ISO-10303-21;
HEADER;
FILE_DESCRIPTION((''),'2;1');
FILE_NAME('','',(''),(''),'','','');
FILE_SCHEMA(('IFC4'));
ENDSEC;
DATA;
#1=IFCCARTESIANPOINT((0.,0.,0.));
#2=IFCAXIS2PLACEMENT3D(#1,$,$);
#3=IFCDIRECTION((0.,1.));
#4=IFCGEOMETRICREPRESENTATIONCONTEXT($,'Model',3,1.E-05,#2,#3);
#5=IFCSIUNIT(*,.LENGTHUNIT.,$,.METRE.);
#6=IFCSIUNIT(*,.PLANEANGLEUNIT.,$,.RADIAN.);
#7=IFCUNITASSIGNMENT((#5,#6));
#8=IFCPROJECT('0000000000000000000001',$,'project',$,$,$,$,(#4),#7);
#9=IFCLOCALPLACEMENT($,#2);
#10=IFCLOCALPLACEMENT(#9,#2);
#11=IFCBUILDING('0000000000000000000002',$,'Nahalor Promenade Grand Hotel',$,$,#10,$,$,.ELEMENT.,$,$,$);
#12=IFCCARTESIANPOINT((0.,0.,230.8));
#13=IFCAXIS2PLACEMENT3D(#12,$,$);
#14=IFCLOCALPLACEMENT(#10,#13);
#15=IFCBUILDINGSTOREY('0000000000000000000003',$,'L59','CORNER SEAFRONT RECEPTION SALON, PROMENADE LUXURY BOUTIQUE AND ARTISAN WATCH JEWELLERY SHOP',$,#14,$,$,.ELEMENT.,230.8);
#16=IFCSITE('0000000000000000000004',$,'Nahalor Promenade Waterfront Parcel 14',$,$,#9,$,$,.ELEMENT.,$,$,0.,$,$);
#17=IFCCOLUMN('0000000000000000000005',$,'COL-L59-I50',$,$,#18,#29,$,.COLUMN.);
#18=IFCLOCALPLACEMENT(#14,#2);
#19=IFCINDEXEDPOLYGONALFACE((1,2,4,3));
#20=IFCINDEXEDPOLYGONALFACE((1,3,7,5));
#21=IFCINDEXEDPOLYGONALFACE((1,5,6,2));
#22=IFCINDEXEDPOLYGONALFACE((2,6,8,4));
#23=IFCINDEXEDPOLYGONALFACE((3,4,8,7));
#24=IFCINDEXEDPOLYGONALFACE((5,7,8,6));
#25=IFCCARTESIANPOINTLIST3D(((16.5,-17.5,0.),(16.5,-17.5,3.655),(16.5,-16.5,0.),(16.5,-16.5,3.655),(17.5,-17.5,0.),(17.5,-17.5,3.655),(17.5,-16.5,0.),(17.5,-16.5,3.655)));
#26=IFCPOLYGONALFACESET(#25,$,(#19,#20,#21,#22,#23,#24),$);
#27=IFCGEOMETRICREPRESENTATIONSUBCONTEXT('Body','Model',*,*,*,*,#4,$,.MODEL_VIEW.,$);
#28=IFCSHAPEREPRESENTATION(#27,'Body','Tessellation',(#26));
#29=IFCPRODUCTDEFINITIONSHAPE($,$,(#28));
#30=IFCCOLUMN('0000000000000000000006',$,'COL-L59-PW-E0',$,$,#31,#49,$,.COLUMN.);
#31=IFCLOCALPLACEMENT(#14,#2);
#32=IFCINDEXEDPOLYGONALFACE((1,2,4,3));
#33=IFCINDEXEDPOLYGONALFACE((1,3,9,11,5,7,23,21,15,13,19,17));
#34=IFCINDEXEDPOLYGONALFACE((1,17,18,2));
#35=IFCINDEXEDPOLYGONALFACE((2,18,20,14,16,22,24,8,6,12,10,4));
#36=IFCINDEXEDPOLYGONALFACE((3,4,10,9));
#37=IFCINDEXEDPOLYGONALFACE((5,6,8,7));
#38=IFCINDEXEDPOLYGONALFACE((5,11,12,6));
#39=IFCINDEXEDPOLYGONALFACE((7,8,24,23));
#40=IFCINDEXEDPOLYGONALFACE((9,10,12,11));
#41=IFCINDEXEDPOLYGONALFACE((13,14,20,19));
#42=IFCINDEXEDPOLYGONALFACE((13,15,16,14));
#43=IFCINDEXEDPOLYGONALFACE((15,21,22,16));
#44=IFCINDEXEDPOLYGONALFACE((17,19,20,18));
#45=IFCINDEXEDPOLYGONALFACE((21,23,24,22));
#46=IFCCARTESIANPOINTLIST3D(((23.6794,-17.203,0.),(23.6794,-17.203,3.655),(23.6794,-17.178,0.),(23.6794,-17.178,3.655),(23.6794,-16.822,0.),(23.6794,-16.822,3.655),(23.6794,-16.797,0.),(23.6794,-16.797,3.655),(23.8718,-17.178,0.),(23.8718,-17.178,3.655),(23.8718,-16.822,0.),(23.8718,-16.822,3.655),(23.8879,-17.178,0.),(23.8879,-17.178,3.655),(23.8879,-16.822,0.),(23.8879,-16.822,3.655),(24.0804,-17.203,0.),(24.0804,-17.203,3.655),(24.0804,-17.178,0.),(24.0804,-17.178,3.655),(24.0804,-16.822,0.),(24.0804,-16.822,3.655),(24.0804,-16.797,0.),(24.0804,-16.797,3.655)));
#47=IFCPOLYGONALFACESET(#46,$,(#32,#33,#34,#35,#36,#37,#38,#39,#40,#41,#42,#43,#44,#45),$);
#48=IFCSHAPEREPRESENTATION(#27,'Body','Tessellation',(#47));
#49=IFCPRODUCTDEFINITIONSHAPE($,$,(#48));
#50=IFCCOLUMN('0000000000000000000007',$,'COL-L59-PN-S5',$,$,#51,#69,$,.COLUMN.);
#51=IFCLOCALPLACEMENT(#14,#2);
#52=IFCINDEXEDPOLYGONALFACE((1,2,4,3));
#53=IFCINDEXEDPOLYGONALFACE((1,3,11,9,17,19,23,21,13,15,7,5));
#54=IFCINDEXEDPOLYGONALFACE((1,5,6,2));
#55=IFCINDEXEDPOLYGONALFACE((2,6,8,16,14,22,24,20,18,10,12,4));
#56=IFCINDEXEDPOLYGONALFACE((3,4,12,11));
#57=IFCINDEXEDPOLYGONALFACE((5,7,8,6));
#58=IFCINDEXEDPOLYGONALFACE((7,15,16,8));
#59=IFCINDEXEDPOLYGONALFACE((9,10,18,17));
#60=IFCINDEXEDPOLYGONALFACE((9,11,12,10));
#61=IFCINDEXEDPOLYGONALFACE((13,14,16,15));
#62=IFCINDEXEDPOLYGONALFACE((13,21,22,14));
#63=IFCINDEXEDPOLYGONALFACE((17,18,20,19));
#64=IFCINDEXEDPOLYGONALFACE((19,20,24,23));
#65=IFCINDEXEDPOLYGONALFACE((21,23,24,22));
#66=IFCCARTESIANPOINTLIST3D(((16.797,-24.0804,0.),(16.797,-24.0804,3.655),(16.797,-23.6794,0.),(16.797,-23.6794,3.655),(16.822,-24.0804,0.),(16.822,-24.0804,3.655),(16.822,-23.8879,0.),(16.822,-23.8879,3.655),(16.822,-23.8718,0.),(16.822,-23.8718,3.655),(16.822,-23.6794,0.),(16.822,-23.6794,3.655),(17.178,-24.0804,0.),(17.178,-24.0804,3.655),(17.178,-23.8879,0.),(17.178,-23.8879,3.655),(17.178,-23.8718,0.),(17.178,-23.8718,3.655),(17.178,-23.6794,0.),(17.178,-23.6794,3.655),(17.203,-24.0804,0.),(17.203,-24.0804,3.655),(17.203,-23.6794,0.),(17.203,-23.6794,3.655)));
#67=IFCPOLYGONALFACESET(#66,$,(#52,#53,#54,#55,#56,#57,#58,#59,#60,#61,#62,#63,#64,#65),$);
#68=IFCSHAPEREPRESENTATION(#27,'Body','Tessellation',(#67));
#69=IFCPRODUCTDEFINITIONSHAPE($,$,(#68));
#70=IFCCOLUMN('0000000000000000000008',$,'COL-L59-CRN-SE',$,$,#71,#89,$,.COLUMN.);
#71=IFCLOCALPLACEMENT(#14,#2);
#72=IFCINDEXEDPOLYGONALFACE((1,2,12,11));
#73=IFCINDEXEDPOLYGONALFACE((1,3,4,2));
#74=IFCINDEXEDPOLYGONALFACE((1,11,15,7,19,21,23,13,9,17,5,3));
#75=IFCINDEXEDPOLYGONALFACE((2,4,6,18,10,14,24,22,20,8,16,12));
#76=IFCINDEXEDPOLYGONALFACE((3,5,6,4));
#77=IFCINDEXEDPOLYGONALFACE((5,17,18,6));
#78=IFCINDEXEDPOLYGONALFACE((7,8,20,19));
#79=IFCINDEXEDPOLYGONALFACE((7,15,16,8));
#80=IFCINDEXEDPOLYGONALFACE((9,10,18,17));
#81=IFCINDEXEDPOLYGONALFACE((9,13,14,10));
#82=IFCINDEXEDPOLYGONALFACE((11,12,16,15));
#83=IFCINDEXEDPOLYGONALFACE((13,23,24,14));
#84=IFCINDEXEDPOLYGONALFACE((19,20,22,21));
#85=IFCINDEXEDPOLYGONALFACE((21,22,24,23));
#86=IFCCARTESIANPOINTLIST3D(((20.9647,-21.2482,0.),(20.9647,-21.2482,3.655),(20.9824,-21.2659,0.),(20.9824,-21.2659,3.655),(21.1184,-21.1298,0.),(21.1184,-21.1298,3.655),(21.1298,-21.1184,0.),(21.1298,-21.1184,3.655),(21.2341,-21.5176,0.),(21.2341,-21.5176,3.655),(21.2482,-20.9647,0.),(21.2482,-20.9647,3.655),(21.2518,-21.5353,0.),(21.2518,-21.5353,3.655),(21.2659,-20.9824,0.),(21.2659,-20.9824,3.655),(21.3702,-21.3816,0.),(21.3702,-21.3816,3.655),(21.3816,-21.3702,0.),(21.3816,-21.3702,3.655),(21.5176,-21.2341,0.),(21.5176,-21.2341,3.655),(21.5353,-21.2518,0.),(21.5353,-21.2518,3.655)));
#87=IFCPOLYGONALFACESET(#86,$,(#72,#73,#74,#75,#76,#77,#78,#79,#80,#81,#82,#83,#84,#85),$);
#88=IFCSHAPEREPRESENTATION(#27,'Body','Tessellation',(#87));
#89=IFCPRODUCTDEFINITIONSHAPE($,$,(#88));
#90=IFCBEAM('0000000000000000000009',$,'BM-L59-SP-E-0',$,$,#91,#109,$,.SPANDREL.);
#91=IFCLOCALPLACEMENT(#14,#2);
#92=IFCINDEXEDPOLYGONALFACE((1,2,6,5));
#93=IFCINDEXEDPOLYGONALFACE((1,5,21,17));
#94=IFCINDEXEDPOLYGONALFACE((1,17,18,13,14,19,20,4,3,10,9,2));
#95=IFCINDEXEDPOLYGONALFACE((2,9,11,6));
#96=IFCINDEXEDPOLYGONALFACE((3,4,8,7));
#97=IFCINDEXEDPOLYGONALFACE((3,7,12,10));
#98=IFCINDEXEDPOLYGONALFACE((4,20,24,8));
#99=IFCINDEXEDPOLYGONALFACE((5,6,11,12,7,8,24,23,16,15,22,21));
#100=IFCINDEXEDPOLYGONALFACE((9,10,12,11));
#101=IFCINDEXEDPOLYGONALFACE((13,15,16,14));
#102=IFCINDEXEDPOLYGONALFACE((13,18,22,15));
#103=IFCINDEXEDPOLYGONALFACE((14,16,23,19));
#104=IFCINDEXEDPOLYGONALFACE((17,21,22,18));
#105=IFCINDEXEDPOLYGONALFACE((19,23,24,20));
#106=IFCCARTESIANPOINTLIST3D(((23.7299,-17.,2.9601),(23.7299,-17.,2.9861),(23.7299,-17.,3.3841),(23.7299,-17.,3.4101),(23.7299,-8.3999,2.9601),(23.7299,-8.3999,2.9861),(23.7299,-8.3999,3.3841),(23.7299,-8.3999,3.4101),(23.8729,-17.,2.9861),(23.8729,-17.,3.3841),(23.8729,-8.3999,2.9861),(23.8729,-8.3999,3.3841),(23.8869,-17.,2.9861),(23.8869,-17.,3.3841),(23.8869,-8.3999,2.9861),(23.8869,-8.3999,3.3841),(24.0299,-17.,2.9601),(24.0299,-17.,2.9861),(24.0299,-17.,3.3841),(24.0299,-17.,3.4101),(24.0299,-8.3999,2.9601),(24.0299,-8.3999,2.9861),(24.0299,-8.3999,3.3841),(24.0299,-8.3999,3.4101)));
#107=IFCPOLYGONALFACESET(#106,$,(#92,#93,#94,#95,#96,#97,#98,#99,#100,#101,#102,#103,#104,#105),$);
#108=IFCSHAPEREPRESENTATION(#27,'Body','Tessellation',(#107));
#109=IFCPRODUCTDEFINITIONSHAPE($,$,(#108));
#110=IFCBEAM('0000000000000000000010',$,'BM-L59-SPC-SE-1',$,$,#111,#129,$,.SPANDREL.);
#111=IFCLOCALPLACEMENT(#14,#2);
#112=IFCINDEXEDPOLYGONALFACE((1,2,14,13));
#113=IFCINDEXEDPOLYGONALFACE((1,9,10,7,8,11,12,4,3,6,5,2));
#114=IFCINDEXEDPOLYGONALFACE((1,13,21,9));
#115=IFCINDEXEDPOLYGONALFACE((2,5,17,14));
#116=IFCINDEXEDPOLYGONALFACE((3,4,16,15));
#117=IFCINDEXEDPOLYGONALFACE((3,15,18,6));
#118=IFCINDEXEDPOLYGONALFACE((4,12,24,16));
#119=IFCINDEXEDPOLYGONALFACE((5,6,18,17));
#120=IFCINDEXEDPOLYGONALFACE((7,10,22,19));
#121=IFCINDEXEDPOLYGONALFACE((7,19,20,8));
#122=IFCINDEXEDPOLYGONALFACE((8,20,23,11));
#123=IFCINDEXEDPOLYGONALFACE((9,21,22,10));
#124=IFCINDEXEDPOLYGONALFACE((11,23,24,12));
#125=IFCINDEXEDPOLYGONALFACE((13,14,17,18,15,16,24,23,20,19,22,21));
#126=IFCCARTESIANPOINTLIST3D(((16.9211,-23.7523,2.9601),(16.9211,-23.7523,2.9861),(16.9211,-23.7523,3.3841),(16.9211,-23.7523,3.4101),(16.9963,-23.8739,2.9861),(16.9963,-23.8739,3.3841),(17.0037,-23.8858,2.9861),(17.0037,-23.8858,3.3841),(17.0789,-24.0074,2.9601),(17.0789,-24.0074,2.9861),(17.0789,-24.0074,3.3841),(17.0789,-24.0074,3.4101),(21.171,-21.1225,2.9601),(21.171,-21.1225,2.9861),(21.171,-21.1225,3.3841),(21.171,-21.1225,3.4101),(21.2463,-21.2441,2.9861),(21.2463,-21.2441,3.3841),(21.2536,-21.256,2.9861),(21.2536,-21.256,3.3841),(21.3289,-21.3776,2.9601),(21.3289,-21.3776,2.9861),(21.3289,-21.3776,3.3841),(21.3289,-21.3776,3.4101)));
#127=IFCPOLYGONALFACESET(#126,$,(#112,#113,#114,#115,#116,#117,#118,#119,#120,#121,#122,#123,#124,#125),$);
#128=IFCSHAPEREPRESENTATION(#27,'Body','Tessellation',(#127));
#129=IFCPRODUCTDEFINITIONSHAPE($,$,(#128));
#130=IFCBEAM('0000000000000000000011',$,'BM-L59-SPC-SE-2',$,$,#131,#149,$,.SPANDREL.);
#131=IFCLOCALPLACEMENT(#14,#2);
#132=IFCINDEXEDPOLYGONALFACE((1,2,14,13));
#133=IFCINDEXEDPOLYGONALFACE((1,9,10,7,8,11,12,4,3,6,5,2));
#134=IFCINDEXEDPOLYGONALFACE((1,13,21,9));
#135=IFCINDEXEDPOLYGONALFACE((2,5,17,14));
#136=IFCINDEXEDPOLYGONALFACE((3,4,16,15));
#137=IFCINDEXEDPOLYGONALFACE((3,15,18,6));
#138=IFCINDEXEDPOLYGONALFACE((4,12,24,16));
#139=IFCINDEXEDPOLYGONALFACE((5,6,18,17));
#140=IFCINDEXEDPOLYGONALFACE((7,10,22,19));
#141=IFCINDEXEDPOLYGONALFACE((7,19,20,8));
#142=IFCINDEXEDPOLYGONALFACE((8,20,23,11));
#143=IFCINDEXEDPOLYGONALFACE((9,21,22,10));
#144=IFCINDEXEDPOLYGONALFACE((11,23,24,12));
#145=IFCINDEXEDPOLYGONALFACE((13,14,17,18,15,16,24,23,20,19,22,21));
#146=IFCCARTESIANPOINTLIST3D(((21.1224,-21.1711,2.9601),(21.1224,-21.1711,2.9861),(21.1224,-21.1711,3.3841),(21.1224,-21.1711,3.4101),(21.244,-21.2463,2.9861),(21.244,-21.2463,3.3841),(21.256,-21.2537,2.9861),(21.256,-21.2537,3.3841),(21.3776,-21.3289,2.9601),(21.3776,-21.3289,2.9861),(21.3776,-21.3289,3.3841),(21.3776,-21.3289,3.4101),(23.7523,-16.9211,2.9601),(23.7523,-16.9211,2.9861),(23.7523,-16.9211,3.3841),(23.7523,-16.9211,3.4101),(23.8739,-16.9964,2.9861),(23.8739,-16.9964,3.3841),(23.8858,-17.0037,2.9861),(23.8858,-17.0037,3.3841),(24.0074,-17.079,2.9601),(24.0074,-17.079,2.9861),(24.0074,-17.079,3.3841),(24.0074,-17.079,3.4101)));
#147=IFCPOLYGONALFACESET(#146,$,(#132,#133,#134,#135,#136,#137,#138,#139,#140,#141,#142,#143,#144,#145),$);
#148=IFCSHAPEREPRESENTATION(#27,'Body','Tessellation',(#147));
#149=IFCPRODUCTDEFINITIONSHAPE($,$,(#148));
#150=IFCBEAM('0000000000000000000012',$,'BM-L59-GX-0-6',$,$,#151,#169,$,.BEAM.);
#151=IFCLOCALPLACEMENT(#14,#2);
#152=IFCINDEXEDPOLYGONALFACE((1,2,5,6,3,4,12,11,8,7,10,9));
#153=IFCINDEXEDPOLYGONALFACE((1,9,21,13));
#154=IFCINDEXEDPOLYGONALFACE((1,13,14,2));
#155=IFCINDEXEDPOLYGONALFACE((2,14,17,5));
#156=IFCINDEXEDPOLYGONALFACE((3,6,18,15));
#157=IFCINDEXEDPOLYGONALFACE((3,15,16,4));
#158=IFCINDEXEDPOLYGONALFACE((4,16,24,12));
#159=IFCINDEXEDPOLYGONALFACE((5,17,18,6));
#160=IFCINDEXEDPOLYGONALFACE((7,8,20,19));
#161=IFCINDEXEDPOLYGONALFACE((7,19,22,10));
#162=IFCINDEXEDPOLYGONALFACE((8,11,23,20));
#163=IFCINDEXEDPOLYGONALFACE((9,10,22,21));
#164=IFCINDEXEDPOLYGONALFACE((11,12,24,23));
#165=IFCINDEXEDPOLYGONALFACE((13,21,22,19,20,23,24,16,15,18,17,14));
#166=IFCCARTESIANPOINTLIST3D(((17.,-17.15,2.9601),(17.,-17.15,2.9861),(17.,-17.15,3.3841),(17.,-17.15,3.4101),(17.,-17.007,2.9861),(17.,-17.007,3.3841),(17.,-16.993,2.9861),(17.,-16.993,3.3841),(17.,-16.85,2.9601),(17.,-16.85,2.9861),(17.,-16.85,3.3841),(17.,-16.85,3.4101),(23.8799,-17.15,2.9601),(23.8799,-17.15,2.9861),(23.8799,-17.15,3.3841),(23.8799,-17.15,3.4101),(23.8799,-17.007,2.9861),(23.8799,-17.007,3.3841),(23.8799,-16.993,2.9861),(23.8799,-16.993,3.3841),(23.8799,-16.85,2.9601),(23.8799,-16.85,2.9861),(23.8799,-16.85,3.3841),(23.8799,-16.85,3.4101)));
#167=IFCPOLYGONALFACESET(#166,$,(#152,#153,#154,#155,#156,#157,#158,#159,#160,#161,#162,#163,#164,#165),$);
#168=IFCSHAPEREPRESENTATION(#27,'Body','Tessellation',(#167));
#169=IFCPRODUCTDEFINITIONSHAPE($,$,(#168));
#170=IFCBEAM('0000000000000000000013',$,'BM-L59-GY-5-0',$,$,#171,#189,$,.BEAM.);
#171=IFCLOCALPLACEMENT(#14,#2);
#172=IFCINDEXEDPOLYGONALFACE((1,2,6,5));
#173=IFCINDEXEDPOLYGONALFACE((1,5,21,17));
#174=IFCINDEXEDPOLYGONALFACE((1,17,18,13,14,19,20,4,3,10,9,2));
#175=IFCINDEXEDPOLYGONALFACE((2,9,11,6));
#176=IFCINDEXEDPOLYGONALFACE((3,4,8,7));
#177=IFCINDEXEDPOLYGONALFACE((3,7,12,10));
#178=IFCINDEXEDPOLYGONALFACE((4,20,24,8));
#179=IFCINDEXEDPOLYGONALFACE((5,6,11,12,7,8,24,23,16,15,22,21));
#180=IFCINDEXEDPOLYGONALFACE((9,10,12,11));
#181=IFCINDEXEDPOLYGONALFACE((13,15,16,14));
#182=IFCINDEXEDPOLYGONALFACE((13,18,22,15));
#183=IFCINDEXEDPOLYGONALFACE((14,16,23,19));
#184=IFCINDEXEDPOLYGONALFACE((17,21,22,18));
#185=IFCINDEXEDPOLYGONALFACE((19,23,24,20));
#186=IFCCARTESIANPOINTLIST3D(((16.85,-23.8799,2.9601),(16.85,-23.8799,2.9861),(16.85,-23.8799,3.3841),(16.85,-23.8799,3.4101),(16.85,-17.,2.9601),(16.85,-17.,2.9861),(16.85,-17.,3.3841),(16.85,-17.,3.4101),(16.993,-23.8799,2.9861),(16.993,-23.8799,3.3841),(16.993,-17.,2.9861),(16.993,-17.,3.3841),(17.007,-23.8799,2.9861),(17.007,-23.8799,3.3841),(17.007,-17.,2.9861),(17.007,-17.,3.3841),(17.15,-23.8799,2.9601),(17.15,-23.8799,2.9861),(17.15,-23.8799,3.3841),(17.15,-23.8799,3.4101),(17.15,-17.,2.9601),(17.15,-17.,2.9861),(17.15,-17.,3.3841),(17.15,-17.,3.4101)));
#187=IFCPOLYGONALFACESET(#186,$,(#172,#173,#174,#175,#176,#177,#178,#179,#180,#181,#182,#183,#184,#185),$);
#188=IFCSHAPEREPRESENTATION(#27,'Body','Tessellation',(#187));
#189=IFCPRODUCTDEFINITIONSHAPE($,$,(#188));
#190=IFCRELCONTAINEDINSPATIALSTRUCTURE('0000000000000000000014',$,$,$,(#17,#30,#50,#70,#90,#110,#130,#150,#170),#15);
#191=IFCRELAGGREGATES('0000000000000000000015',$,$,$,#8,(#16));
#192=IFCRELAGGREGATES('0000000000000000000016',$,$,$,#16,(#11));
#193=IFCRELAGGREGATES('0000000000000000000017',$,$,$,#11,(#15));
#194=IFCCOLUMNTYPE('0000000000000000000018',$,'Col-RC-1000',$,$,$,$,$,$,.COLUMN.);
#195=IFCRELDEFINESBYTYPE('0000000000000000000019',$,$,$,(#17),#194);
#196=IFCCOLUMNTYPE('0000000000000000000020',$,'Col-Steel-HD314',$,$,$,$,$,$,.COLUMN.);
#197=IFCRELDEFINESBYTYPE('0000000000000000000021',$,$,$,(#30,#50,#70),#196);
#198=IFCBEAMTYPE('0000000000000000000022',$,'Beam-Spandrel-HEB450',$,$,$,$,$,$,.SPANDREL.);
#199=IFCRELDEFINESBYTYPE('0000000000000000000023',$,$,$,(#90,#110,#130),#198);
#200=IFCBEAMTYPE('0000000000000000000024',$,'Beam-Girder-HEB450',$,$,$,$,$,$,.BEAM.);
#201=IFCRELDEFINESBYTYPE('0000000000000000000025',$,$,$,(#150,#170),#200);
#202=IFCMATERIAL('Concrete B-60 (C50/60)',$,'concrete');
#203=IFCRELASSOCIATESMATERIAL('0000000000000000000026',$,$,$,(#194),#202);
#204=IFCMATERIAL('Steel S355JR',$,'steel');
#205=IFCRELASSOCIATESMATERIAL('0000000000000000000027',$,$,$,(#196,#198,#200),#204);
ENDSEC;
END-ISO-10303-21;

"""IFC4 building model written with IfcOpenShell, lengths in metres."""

from ifc_helpers import new_model, si_unit, direction, frame, origin, origin_2d, place, context, subcontext, project, spatial, rectangle, i_section, extrude, source, transform, mapped, material, material_profile, profile_set, type_object, element, save


model = new_model("IFC4")

# Units and contexts
model_context = context("Model", 3, precision=1e-05, world=origin(), true_north=direction((0.0, 1.0)))
body_context = subcontext(model_context, "Body", "Model", "MODEL_VIEW")
ifc_project = project(units=[si_unit("LENGTHUNIT", "METRE"), si_unit("PLANEANGLEUNIT", "RADIAN")], contexts=[model_context])

# Site, building, storey
site_placement = place(None, origin())
site = spatial("IfcSite", under=ifc_project, at=site_placement, Name="Nahalor Promenade Waterfront Parcel 14", CompositionType="ELEMENT", RefElevation=0.0)
building_placement = place(site_placement, origin())
building = spatial("IfcBuilding", under=site, at=building_placement, Name="Nahalor Promenade Grand Hotel", CompositionType="ELEMENT")
storey_placement = place(building_placement, frame((0.0, 0.0, 230.8)))
storey = spatial("IfcBuildingStorey", under=building, at=storey_placement, Name="L59", Description="CORNER SEAFRONT RECEPTION SALON, PROMENADE LUXURY BOUTIQUE AND ARTISAN WATCH JEWELLERY SHOP", CompositionType="ELEMENT", Elevation=230.8)

# Columns
ifc_material_1 = material(Name="Concrete B-60 (C50/60)", Category="concrete")
ifc_material_profile_1 = material_profile(ifc_material_1, rectangle(XDim=1.0, YDim=1.0, at=origin_2d()), Name="RC 1000x1000")
ifc_profile_set_1 = profile_set([ifc_material_profile_1], Name="Concrete B-60 (C50/60)")
column_type_1 = type_object("IfcColumnType", Name="Col-RC-1000", PredefinedType="COLUMN", material=ifc_profile_set_1)
shared_shape_1 = source(origin(), body_context, "Body", "SweptSolid", [
    extrude(rectangle(XDim=1.0, YDim=1.0, at=origin_2d()), origin(), (0.0, 0.0, 1.0), 3.655),
])
column_placement = place(storey_placement, frame((17.0, -17.0, 0.0), z_axis=(0.0, 0.0, 1.0), x_axis=(1.0, 0.0, 0.0)))
element("IfcColumn", 1, at=column_placement, inside=storey, type_object=column_type_1, Name="COL-L59-I50", PredefinedType="COLUMN", context=body_context, shape_type="MappedRepresentation", body=[
    mapped(shared_shape_1, transform((0.0, 0.0, 0.0), scale=1.0)),
])
ifc_material_2 = material(Name="Steel S355JR", Category="steel")
ifc_material_profile_2 = material_profile(ifc_material_2, i_section(OverallWidth=0.401, OverallDepth=0.406, WebThickness=0.0161, FlangeThickness=0.025, at=origin_2d()), Name="HD 400x314")
ifc_profile_set_2 = profile_set([ifc_material_profile_2], Name="Steel S355JR")
column_type_2 = type_object("IfcColumnType", Name="Col-Steel-HD314", PredefinedType="COLUMN", material=ifc_profile_set_2)
shared_shape_2 = source(origin(), body_context, "Body", "SweptSolid", [
    extrude(i_section(OverallWidth=0.401, OverallDepth=0.406, WebThickness=0.0161, FlangeThickness=0.025, at=origin_2d()), origin(), (0.0, 0.0, 1.0), 3.655),
])
for number, where, z_axis, x_axis, name in (
    (2, (23.8799, -17.0, 0.0), (0.0, 0.0, 1.0), (1.0, 0.0, 0.0), "COL-L59-PW-E0"),
    (3, (17.0, -23.8799, 0.0), (0.0, 0.0, 1.0), (0.0, 1.0, 0.0), "COL-L59-PN-S5"),
    (4, (21.25, -21.25, 0.0), (0.0, 0.0, 1.0), (0.707107, 0.707107, 0.0), "COL-L59-CRN-SE"),
):
    element("IfcColumn", number, at=place(storey_placement, frame(where, z_axis=z_axis, x_axis=x_axis)), inside=storey, type_object=column_type_2, Name=name, PredefinedType="COLUMN", context=body_context, shape_type="MappedRepresentation", body=[
        mapped(shared_shape_2, transform((0.0, 0.0, 0.0), scale=1.0)),
    ])

# Beams
ifc_material_profile_3 = material_profile(ifc_material_2, i_section(OverallWidth=0.3, OverallDepth=0.45, WebThickness=0.014, FlangeThickness=0.026, at=origin_2d()), Name="HEB 450")
ifc_profile_set_3 = profile_set([ifc_material_profile_3], Name="Steel S355JR")
beam_type_1 = type_object("IfcBeamType", Name="Beam-Spandrel-HEB450", PredefinedType="SPANDREL", material=ifc_profile_set_3)
shared_shape_3 = source(origin(), body_context, "Body", "SweptSolid", [
    extrude(i_section(OverallWidth=0.3, OverallDepth=0.45, WebThickness=0.014, FlangeThickness=0.026, at=origin_2d()), origin(), (0.0, 0.0, 1.0), 8.6001),
])
beam_1_placement = place(storey_placement, frame((23.8799, -17.0, 3.1851), z_axis=(0.0, 1.0, 0.0), x_axis=(-1.0, 0.0, 0.0)))
element("IfcBeam", 5, at=beam_1_placement, inside=storey, type_object=beam_type_1, Name="BM-L59-SP-E-0", PredefinedType="SPANDREL", context=body_context, shape_type="MappedRepresentation", body=[
    mapped(shared_shape_3, transform((0.0, 0.0, 0.0), scale=1.0)),
])
shared_shape_4 = source(origin(), body_context, "Body", "SweptSolid", [
    extrude(i_section(OverallWidth=0.3, OverallDepth=0.45, WebThickness=0.014, FlangeThickness=0.026, at=origin_2d()), origin(), (0.0, 0.0, 1.0), 4.9978),
])
for number, where, z_axis, x_axis, name in (
    (6, (17.0, -23.8799, 3.1851), (0.850361, 0.5262, 0.0), (-0.5262, 0.850361, 0.0), "BM-L59-SPC-SE-1"),
    (7, (21.25, -21.25, 3.1851), (0.5262, 0.850361, 0.0), (-0.850361, 0.5262, 0.0), "BM-L59-SPC-SE-2"),
):
    element("IfcBeam", number, at=place(storey_placement, frame(where, z_axis=z_axis, x_axis=x_axis)), inside=storey, type_object=beam_type_1, Name=name, PredefinedType="SPANDREL", context=body_context, shape_type="MappedRepresentation", body=[
        mapped(shared_shape_4, transform((0.0, 0.0, 0.0), scale=1.0)),
    ])
ifc_material_profile_4 = material_profile(ifc_material_2, i_section(OverallWidth=0.3, OverallDepth=0.45, WebThickness=0.014, FlangeThickness=0.026, at=origin_2d()), Name="HEB 450")
ifc_profile_set_4 = profile_set([ifc_material_profile_4], Name="Steel S355JR")
beam_type_2 = type_object("IfcBeamType", Name="Beam-Girder-HEB450", PredefinedType="BEAM", material=ifc_profile_set_4)
shared_shape_5 = source(origin(), body_context, "Body", "SweptSolid", [
    extrude(i_section(OverallWidth=0.3, OverallDepth=0.45, WebThickness=0.014, FlangeThickness=0.026, at=origin_2d()), origin(), (0.0, 0.0, 1.0), 6.8799),
])
for number, where, z_axis, x_axis, name in (
    (8, (17.0, -17.0, 3.1851), (1.0, 0.0, 0.0), (0.0, 1.0, 0.0), "BM-L59-GX-0-6"),
    (9, (17.0, -23.8799, 3.1851), (0.0, 1.0, 0.0), (-1.0, 0.0, 0.0), "BM-L59-GY-5-0"),
):
    element("IfcBeam", number, at=place(storey_placement, frame(where, z_axis=z_axis, x_axis=x_axis)), inside=storey, type_object=beam_type_2, Name=name, PredefinedType="BEAM", context=body_context, shape_type="MappedRepresentation", body=[
        mapped(shared_shape_5, transform((0.0, 0.0, 0.0), scale=1.0)),
    ])

save(model, "model.ifc")
